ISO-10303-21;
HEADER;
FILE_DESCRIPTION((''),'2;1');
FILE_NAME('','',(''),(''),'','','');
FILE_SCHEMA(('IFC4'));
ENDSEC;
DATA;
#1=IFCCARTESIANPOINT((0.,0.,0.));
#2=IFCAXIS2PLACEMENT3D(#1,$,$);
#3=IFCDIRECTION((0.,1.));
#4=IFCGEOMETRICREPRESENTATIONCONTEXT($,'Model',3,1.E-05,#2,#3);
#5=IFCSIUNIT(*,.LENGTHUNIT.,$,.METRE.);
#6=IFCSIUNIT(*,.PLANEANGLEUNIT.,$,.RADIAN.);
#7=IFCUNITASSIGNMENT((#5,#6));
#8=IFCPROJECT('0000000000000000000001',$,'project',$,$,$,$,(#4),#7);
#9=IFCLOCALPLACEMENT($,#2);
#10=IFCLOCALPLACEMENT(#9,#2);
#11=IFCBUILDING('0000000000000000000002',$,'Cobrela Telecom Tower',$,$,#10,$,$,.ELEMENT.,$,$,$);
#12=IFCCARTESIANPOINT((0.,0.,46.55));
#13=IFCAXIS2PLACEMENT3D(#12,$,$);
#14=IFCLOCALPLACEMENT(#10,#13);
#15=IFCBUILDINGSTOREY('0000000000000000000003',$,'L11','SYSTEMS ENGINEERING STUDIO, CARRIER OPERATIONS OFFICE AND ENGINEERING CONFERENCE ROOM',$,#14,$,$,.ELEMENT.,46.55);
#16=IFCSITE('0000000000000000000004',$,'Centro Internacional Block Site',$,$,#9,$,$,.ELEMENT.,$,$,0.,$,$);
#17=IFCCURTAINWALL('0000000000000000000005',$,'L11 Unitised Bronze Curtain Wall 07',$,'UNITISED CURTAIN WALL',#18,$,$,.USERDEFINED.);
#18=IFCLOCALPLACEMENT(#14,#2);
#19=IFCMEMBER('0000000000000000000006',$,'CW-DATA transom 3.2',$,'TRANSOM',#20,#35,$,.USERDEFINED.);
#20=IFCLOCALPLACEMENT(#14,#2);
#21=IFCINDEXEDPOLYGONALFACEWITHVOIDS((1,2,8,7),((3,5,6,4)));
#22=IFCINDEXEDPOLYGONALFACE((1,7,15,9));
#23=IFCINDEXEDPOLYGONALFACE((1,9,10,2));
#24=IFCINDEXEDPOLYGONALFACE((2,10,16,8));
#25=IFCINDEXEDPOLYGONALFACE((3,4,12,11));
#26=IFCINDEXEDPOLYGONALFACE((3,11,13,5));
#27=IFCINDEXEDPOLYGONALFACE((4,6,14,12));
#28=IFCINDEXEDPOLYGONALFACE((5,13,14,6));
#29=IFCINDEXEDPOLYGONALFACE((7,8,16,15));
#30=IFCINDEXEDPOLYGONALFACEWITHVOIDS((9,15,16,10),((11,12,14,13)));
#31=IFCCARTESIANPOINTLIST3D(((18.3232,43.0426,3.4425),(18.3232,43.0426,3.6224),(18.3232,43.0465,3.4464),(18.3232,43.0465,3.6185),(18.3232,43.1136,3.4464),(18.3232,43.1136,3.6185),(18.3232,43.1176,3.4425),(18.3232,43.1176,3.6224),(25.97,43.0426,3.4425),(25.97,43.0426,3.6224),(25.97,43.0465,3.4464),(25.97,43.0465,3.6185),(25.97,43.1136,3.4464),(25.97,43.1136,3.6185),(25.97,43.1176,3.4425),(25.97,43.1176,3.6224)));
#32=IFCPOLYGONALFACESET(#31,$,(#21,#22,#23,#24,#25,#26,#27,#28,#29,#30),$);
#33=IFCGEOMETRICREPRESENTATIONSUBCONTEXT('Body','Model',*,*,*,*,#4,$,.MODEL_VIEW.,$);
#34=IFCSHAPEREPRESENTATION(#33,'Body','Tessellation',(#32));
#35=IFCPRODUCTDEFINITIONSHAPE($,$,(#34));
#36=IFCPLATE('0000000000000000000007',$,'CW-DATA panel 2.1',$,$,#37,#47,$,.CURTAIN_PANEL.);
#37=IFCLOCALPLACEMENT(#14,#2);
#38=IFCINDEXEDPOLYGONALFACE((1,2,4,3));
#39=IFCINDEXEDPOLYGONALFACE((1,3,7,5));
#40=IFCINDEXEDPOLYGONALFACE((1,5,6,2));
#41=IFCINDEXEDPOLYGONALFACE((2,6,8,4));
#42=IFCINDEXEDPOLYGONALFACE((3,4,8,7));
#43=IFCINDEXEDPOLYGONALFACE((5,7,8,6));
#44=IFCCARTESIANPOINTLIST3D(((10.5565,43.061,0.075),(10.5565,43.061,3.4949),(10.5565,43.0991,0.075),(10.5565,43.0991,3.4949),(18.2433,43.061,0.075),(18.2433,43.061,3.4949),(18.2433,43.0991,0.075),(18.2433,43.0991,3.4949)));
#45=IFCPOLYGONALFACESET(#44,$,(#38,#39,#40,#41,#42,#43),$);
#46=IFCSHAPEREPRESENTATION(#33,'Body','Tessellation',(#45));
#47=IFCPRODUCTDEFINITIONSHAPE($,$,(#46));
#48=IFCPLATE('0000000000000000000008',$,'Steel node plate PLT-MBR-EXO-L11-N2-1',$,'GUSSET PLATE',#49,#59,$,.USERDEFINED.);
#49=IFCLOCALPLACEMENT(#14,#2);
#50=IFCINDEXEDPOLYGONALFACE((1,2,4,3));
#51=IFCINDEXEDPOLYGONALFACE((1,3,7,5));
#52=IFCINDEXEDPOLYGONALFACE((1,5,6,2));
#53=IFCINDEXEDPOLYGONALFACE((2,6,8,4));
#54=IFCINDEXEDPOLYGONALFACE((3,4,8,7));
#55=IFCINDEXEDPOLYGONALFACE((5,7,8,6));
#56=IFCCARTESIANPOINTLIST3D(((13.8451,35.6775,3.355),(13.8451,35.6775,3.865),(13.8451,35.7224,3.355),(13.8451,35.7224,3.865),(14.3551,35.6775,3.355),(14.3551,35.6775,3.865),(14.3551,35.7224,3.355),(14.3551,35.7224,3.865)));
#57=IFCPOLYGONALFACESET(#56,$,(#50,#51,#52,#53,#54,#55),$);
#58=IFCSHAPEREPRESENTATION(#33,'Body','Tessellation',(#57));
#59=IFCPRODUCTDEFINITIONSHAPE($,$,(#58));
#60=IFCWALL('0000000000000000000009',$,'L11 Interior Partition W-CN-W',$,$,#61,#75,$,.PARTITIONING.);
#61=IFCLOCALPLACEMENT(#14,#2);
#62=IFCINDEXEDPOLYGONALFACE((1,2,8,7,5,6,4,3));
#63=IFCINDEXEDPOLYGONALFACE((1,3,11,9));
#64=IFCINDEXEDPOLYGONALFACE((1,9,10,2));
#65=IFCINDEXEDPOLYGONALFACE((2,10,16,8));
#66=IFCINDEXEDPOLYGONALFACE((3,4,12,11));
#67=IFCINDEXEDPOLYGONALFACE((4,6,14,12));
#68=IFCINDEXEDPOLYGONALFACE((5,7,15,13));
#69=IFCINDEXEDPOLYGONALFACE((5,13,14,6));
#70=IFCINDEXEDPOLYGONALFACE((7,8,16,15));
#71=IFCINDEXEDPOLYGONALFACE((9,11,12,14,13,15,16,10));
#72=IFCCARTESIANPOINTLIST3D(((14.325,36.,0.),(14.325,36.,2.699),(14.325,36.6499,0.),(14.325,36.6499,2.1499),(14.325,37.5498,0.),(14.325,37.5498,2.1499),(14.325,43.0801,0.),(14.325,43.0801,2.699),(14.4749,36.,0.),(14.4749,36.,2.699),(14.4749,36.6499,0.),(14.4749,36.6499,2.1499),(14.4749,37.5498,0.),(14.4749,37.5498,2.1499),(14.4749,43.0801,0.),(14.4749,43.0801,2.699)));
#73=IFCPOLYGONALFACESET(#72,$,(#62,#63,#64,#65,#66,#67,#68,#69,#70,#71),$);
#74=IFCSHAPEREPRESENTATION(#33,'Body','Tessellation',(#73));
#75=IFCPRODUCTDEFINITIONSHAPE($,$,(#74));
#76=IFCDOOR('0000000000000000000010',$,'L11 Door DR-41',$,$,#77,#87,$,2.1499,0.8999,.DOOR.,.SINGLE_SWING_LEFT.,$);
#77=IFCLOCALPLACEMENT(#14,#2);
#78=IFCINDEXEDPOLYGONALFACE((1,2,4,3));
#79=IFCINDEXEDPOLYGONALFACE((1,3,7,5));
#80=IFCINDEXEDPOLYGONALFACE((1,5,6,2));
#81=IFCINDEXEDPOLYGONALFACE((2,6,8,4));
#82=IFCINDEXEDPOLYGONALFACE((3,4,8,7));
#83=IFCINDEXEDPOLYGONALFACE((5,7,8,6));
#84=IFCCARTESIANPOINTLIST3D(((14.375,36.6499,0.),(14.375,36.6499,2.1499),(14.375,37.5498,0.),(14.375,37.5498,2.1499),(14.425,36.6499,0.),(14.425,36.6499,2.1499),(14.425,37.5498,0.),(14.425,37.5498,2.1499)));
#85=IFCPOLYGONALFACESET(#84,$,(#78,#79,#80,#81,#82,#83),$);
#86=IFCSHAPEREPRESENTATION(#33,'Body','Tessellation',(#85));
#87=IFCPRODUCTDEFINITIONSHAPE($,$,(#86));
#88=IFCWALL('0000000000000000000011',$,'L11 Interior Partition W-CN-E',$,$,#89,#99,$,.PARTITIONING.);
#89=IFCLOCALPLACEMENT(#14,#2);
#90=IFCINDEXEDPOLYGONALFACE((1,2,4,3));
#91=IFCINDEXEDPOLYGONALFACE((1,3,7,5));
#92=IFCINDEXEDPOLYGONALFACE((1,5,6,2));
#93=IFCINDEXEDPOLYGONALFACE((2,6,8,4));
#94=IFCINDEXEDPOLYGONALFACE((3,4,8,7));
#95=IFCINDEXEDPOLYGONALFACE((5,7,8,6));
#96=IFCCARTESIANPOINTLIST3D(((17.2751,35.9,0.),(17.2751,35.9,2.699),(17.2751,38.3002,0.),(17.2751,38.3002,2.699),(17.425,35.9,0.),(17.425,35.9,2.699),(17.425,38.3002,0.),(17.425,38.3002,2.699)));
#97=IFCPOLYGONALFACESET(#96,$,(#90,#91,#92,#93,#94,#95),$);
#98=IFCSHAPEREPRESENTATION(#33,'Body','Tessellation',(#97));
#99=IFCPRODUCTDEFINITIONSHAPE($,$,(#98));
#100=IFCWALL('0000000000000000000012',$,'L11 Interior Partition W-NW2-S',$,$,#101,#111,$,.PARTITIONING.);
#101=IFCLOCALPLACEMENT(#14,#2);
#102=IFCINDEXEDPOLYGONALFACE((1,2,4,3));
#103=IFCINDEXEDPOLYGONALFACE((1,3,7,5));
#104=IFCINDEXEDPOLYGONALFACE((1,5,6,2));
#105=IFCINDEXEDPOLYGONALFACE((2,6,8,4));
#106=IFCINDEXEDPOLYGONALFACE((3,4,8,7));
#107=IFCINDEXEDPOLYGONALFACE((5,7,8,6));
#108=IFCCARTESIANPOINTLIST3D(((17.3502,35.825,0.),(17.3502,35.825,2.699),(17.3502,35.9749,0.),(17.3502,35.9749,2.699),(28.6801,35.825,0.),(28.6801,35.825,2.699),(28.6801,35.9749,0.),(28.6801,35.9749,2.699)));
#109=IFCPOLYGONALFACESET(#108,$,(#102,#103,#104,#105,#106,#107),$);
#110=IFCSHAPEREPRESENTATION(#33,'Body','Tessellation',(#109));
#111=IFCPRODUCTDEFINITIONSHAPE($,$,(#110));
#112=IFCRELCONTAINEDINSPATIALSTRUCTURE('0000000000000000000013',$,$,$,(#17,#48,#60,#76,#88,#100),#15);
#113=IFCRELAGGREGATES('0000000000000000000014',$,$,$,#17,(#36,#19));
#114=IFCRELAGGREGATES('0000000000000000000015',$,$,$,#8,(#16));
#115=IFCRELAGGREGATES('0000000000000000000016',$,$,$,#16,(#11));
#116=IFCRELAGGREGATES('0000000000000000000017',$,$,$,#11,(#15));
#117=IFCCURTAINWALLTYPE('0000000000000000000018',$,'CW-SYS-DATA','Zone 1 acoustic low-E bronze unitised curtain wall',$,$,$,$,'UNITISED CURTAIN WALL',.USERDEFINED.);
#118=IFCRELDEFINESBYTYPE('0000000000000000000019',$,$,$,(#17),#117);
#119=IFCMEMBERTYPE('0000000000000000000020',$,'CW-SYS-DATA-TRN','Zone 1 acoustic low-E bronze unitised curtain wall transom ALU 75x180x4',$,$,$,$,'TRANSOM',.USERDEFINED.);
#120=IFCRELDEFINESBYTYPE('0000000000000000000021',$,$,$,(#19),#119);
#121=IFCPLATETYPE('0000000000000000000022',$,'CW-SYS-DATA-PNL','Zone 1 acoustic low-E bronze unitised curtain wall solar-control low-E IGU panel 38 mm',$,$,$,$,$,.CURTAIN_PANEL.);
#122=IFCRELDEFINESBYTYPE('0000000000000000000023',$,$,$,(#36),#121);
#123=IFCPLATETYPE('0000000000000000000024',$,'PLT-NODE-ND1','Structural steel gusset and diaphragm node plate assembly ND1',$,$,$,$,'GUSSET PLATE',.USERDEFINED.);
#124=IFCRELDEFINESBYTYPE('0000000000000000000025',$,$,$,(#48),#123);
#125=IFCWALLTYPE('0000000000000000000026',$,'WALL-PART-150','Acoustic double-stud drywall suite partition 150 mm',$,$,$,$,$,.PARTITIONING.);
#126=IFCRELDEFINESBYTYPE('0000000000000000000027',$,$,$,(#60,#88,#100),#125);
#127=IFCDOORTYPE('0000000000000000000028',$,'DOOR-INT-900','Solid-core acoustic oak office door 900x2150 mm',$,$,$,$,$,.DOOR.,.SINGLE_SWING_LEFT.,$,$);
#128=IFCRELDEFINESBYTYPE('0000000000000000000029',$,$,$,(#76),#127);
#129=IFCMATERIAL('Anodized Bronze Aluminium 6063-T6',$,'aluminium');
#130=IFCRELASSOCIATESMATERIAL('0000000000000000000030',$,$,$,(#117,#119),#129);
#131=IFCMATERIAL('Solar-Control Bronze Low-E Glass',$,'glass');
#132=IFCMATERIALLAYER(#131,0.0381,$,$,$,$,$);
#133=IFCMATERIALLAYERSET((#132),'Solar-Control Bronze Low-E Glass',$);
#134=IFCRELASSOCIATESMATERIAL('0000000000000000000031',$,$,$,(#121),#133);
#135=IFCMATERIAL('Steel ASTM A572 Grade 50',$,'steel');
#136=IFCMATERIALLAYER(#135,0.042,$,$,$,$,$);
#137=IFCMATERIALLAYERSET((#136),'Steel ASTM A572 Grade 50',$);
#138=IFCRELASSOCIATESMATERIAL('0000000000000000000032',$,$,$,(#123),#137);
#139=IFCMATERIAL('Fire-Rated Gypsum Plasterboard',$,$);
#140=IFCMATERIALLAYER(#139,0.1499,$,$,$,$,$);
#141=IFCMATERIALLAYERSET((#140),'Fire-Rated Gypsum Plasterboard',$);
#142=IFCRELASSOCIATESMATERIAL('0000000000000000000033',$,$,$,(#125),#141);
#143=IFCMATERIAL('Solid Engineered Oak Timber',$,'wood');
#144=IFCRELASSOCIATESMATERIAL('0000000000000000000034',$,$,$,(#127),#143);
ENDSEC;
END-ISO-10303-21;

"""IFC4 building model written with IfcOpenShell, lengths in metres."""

from ifc_helpers import new_model, si_unit, direction, frame, frame_2d, origin, origin_2d, place, context, subcontext, project, spatial, rectangle, hollow_rectangle, extrude, material, layer, layer_set, material_profile, profile_set, type_object, element, fill, aggregate, save


model = new_model("IFC4")

# Units and contexts
model_context = context("Model", 3, precision=1e-05, world=origin(), true_north=direction((0.0, 1.0)))
body_context = subcontext(model_context, "Body", "Model", "MODEL_VIEW")
ifc_project = project(units=[si_unit("LENGTHUNIT", "METRE"), si_unit("PLANEANGLEUNIT", "RADIAN")], contexts=[model_context])

# Site, building, storey
site_placement = place(None, origin())
site = spatial("IfcSite", under=ifc_project, at=site_placement, Name="Centro Internacional Block Site", CompositionType="ELEMENT", RefElevation=0.0)
building_placement = place(site_placement, origin())
building = spatial("IfcBuilding", under=site, at=building_placement, Name="Cobrela Telecom Tower", CompositionType="ELEMENT")
storey_placement = place(building_placement, frame((0.0, 0.0, 46.55)))
storey = spatial("IfcBuildingStorey", under=building, at=storey_placement, Name="L11", Description="SYSTEMS ENGINEERING STUDIO, CARRIER OPERATIONS OFFICE AND ENGINEERING CONFERENCE ROOM", CompositionType="ELEMENT", Elevation=46.55)

# Shared definitions
ifc_material_1 = material(Name="Steel ASTM A572 Grade 50", Category="steel")

# Curtain wall, member, plate
ifc_material_2 = material(Name="Anodized Bronze Aluminium 6063-T6", Category="aluminium")
curtain_wall_type = type_object("IfcCurtainWallType", Name="CW-SYS-DATA", Description="Zone 1 acoustic low-E bronze unitised curtain wall", ElementType="UNITISED CURTAIN WALL", PredefinedType="USERDEFINED", material=ifc_material_2)
curtain_wall_placement = place(storey_placement, origin())
curtain_wall = element("IfcCurtainWall", 1, at=curtain_wall_placement, inside=storey, type_object=curtain_wall_type, Name="L11 Unitised Bronze Curtain Wall 07", ObjectType="UNITISED CURTAIN WALL", PredefinedType="USERDEFINED")
ifc_material_profile_1 = material_profile(ifc_material_2, hollow_rectangle(XDim=0.075, YDim=0.1799, WallThickness=0.0039, at=origin_2d()), Name="ALU 75x180x4")
ifc_profile_set_1 = profile_set([ifc_material_profile_1], Name="Anodized Bronze Aluminium 6063-T6")
member_type_1 = type_object("IfcMemberType", Name="CW-SYS-DATA-TRN", Description="Zone 1 acoustic low-E bronze unitised curtain wall transom ALU 75x180x4", ElementType="TRANSOM", PredefinedType="USERDEFINED", material=ifc_profile_set_1)
member_1_placement = place(storey_placement, frame((18.3232, 43.0801, 3.5325), z_axis=(1.0, 0.0, 0.0), x_axis=(0.0, 1.0, 0.0)))
member_1 = element("IfcMember", 2, at=member_1_placement, type_object=member_type_1, Name="CW-DATA transom 3.2", ObjectType="TRANSOM", PredefinedType="USERDEFINED", context=body_context, shape_type="SweptSolid", body=[
    extrude(hollow_rectangle(XDim=0.075, YDim=0.1799, WallThickness=0.0039, at=origin_2d()), origin(), (0.0, 0.0, 1.0), 7.6467),
])
ifc_material_3 = material(Name="Solar-Control Bronze Low-E Glass", Category="glass")
ifc_layer_1 = layer(ifc_material_3, 0.0381)
ifc_layer_set_1 = layer_set([ifc_layer_1], Name="Solar-Control Bronze Low-E Glass")
plate_type_1 = type_object("IfcPlateType", Name="CW-SYS-DATA-PNL", Description="Zone 1 acoustic low-E bronze unitised curtain wall solar-control low-E IGU panel 38 mm", PredefinedType="CURTAIN_PANEL", material=ifc_layer_set_1)
plate_1_placement = place(storey_placement, frame((14.3999, 43.0801, 0.075), z_axis=(0.0, 0.0, 1.0), x_axis=(1.0, 0.0, 0.0)))
plate_1 = element("IfcPlate", 3, at=plate_1_placement, type_object=plate_type_1, Name="CW-DATA panel 2.1", PredefinedType="CURTAIN_PANEL", context=body_context, shape_type="SweptSolid", body=[
    extrude(rectangle(XDim=7.6868, YDim=0.0381, at=origin_2d()), origin(), (0.0, 0.0, 1.0), 3.4199),
])
aggregate(curtain_wall, [plate_1, member_1])

# Plate
ifc_layer_2 = layer(ifc_material_1, 0.042)
ifc_layer_set_2 = layer_set([ifc_layer_2], Name="Steel ASTM A572 Grade 50")
plate_type_2 = type_object("IfcPlateType", Name="PLT-NODE-ND1", Description="Structural steel gusset and diaphragm node plate assembly ND1", ElementType="GUSSET PLATE", PredefinedType="USERDEFINED", material=ifc_layer_set_2)
plate_2_placement = place(storey_placement, frame((14.1001, 35.7, 3.355), z_axis=(0.0, 0.0, 1.0), x_axis=(1.0, 0.0, 0.0)))
element("IfcPlate", 4, at=plate_2_placement, inside=storey, type_object=plate_type_2, Name="Steel node plate PLT-MBR-EXO-L11-N2-1", ObjectType="GUSSET PLATE", PredefinedType="USERDEFINED", context=body_context, shape_type="SweptSolid", body=[
    extrude(rectangle(XDim=0.51, YDim=0.0449, at=origin_2d()), origin(), (0.0, 0.0, 1.0), 0.51),
])

# Wall, opening, door
ifc_material_4 = material(Name="Fire-Rated Gypsum Plasterboard")
ifc_layer_3 = layer(ifc_material_4, 0.1499)
ifc_layer_set_3 = layer_set([ifc_layer_3], Name="Fire-Rated Gypsum Plasterboard")
wall_type = type_object("IfcWallType", Name="WALL-PART-150", Description="Acoustic double-stud drywall suite partition 150 mm", PredefinedType="PARTITIONING", material=ifc_layer_set_3)
wall_1_placement = place(storey_placement, frame((14.3999, 36.0, 0.0), z_axis=(0.0, 0.0, 1.0), x_axis=(0.0, 1.0, 0.0)))
wall_1 = element("IfcWall", 5, at=wall_1_placement, inside=storey, type_object=wall_type, Name="L11 Interior Partition W-CN-W", PredefinedType="PARTITIONING", context=body_context, shape_type="SweptSolid", body=[
    extrude(rectangle(XDim=7.0801, YDim=0.1499, at=frame_2d((3.54, 0.0))), origin(), (0.0, 0.0, 1.0), 2.699),
])
opening_1_placement = place(wall_1_placement, frame((0.6499, 0.0, 0.0)))
opening_1 = element("IfcOpeningElement", 6, at=opening_1_placement, cuts=wall_1, PredefinedType="OPENING", context=body_context, shape_type="SweptSolid", body=[
    extrude(rectangle(XDim=0.8999, YDim=2.1499, at=frame_2d((0.45, 1.075))), frame((0.0, 0.0869, 0.0), z_axis=(0.0, -1.0, 0.0), x_axis=(1.0, 0.0, 0.0)), (0.0, 0.0, 1.0), 0.1738),
])
ifc_material_5 = material(Name="Solid Engineered Oak Timber", Category="wood")
door_type_1 = type_object("IfcDoorType", Name="DOOR-INT-900", Description="Solid-core acoustic oak office door 900x2150 mm", OperationType="SINGLE_SWING_LEFT", PredefinedType="DOOR", material=ifc_material_5)
door_1_placement = place(opening_1_placement, origin())
door_1 = element("IfcDoor", 7, at=door_1_placement, inside=storey, type_object=door_type_1, Name="L11 Door DR-41", OperationType="SINGLE_SWING_LEFT", OverallHeight=2.1499, OverallWidth=0.8999, PredefinedType="DOOR", context=body_context, shape_type="SweptSolid", body=[
    extrude(rectangle(XDim=0.8999, YDim=2.1499, at=frame_2d((0.45, 1.075))), frame((0.0, 0.0249, 0.0), z_axis=(0.0, -1.0, 0.0), x_axis=(1.0, 0.0, 0.0)), (0.0, 0.0, 1.0), 0.05),
])
fill(opening_1, door_1)

# Wall
wall_2_placement = place(storey_placement, frame((17.3501, 35.8999, 0.0), z_axis=(0.0, 0.0, 1.0), x_axis=(0.0, 1.0, 0.0)))
element("IfcWall", 8, at=wall_2_placement, inside=storey, type_object=wall_type, Name="L11 Interior Partition W-CN-E", PredefinedType="PARTITIONING", context=body_context, shape_type="SweptSolid", body=[
    extrude(rectangle(XDim=2.4001, YDim=0.1499, at=frame_2d((1.2002, 0.0))), origin(), (0.0, 0.0, 1.0), 2.699),
])

# Wall
wall_3_placement = place(storey_placement, frame((17.3501, 35.8999, 0.0), z_axis=(0.0, 0.0, 1.0), x_axis=(1.0, 0.0, 0.0)))
element("IfcWall", 9, at=wall_3_placement, inside=storey, type_object=wall_type, Name="L11 Interior Partition W-NW2-S", PredefinedType="PARTITIONING", context=body_context, shape_type="SweptSolid", body=[
    extrude(rectangle(XDim=11.3298, YDim=0.1499, at=frame_2d((5.665, 0.0))), origin(), (0.0, 0.0, 1.0), 2.699),
])

save(model, "model.ifc")
